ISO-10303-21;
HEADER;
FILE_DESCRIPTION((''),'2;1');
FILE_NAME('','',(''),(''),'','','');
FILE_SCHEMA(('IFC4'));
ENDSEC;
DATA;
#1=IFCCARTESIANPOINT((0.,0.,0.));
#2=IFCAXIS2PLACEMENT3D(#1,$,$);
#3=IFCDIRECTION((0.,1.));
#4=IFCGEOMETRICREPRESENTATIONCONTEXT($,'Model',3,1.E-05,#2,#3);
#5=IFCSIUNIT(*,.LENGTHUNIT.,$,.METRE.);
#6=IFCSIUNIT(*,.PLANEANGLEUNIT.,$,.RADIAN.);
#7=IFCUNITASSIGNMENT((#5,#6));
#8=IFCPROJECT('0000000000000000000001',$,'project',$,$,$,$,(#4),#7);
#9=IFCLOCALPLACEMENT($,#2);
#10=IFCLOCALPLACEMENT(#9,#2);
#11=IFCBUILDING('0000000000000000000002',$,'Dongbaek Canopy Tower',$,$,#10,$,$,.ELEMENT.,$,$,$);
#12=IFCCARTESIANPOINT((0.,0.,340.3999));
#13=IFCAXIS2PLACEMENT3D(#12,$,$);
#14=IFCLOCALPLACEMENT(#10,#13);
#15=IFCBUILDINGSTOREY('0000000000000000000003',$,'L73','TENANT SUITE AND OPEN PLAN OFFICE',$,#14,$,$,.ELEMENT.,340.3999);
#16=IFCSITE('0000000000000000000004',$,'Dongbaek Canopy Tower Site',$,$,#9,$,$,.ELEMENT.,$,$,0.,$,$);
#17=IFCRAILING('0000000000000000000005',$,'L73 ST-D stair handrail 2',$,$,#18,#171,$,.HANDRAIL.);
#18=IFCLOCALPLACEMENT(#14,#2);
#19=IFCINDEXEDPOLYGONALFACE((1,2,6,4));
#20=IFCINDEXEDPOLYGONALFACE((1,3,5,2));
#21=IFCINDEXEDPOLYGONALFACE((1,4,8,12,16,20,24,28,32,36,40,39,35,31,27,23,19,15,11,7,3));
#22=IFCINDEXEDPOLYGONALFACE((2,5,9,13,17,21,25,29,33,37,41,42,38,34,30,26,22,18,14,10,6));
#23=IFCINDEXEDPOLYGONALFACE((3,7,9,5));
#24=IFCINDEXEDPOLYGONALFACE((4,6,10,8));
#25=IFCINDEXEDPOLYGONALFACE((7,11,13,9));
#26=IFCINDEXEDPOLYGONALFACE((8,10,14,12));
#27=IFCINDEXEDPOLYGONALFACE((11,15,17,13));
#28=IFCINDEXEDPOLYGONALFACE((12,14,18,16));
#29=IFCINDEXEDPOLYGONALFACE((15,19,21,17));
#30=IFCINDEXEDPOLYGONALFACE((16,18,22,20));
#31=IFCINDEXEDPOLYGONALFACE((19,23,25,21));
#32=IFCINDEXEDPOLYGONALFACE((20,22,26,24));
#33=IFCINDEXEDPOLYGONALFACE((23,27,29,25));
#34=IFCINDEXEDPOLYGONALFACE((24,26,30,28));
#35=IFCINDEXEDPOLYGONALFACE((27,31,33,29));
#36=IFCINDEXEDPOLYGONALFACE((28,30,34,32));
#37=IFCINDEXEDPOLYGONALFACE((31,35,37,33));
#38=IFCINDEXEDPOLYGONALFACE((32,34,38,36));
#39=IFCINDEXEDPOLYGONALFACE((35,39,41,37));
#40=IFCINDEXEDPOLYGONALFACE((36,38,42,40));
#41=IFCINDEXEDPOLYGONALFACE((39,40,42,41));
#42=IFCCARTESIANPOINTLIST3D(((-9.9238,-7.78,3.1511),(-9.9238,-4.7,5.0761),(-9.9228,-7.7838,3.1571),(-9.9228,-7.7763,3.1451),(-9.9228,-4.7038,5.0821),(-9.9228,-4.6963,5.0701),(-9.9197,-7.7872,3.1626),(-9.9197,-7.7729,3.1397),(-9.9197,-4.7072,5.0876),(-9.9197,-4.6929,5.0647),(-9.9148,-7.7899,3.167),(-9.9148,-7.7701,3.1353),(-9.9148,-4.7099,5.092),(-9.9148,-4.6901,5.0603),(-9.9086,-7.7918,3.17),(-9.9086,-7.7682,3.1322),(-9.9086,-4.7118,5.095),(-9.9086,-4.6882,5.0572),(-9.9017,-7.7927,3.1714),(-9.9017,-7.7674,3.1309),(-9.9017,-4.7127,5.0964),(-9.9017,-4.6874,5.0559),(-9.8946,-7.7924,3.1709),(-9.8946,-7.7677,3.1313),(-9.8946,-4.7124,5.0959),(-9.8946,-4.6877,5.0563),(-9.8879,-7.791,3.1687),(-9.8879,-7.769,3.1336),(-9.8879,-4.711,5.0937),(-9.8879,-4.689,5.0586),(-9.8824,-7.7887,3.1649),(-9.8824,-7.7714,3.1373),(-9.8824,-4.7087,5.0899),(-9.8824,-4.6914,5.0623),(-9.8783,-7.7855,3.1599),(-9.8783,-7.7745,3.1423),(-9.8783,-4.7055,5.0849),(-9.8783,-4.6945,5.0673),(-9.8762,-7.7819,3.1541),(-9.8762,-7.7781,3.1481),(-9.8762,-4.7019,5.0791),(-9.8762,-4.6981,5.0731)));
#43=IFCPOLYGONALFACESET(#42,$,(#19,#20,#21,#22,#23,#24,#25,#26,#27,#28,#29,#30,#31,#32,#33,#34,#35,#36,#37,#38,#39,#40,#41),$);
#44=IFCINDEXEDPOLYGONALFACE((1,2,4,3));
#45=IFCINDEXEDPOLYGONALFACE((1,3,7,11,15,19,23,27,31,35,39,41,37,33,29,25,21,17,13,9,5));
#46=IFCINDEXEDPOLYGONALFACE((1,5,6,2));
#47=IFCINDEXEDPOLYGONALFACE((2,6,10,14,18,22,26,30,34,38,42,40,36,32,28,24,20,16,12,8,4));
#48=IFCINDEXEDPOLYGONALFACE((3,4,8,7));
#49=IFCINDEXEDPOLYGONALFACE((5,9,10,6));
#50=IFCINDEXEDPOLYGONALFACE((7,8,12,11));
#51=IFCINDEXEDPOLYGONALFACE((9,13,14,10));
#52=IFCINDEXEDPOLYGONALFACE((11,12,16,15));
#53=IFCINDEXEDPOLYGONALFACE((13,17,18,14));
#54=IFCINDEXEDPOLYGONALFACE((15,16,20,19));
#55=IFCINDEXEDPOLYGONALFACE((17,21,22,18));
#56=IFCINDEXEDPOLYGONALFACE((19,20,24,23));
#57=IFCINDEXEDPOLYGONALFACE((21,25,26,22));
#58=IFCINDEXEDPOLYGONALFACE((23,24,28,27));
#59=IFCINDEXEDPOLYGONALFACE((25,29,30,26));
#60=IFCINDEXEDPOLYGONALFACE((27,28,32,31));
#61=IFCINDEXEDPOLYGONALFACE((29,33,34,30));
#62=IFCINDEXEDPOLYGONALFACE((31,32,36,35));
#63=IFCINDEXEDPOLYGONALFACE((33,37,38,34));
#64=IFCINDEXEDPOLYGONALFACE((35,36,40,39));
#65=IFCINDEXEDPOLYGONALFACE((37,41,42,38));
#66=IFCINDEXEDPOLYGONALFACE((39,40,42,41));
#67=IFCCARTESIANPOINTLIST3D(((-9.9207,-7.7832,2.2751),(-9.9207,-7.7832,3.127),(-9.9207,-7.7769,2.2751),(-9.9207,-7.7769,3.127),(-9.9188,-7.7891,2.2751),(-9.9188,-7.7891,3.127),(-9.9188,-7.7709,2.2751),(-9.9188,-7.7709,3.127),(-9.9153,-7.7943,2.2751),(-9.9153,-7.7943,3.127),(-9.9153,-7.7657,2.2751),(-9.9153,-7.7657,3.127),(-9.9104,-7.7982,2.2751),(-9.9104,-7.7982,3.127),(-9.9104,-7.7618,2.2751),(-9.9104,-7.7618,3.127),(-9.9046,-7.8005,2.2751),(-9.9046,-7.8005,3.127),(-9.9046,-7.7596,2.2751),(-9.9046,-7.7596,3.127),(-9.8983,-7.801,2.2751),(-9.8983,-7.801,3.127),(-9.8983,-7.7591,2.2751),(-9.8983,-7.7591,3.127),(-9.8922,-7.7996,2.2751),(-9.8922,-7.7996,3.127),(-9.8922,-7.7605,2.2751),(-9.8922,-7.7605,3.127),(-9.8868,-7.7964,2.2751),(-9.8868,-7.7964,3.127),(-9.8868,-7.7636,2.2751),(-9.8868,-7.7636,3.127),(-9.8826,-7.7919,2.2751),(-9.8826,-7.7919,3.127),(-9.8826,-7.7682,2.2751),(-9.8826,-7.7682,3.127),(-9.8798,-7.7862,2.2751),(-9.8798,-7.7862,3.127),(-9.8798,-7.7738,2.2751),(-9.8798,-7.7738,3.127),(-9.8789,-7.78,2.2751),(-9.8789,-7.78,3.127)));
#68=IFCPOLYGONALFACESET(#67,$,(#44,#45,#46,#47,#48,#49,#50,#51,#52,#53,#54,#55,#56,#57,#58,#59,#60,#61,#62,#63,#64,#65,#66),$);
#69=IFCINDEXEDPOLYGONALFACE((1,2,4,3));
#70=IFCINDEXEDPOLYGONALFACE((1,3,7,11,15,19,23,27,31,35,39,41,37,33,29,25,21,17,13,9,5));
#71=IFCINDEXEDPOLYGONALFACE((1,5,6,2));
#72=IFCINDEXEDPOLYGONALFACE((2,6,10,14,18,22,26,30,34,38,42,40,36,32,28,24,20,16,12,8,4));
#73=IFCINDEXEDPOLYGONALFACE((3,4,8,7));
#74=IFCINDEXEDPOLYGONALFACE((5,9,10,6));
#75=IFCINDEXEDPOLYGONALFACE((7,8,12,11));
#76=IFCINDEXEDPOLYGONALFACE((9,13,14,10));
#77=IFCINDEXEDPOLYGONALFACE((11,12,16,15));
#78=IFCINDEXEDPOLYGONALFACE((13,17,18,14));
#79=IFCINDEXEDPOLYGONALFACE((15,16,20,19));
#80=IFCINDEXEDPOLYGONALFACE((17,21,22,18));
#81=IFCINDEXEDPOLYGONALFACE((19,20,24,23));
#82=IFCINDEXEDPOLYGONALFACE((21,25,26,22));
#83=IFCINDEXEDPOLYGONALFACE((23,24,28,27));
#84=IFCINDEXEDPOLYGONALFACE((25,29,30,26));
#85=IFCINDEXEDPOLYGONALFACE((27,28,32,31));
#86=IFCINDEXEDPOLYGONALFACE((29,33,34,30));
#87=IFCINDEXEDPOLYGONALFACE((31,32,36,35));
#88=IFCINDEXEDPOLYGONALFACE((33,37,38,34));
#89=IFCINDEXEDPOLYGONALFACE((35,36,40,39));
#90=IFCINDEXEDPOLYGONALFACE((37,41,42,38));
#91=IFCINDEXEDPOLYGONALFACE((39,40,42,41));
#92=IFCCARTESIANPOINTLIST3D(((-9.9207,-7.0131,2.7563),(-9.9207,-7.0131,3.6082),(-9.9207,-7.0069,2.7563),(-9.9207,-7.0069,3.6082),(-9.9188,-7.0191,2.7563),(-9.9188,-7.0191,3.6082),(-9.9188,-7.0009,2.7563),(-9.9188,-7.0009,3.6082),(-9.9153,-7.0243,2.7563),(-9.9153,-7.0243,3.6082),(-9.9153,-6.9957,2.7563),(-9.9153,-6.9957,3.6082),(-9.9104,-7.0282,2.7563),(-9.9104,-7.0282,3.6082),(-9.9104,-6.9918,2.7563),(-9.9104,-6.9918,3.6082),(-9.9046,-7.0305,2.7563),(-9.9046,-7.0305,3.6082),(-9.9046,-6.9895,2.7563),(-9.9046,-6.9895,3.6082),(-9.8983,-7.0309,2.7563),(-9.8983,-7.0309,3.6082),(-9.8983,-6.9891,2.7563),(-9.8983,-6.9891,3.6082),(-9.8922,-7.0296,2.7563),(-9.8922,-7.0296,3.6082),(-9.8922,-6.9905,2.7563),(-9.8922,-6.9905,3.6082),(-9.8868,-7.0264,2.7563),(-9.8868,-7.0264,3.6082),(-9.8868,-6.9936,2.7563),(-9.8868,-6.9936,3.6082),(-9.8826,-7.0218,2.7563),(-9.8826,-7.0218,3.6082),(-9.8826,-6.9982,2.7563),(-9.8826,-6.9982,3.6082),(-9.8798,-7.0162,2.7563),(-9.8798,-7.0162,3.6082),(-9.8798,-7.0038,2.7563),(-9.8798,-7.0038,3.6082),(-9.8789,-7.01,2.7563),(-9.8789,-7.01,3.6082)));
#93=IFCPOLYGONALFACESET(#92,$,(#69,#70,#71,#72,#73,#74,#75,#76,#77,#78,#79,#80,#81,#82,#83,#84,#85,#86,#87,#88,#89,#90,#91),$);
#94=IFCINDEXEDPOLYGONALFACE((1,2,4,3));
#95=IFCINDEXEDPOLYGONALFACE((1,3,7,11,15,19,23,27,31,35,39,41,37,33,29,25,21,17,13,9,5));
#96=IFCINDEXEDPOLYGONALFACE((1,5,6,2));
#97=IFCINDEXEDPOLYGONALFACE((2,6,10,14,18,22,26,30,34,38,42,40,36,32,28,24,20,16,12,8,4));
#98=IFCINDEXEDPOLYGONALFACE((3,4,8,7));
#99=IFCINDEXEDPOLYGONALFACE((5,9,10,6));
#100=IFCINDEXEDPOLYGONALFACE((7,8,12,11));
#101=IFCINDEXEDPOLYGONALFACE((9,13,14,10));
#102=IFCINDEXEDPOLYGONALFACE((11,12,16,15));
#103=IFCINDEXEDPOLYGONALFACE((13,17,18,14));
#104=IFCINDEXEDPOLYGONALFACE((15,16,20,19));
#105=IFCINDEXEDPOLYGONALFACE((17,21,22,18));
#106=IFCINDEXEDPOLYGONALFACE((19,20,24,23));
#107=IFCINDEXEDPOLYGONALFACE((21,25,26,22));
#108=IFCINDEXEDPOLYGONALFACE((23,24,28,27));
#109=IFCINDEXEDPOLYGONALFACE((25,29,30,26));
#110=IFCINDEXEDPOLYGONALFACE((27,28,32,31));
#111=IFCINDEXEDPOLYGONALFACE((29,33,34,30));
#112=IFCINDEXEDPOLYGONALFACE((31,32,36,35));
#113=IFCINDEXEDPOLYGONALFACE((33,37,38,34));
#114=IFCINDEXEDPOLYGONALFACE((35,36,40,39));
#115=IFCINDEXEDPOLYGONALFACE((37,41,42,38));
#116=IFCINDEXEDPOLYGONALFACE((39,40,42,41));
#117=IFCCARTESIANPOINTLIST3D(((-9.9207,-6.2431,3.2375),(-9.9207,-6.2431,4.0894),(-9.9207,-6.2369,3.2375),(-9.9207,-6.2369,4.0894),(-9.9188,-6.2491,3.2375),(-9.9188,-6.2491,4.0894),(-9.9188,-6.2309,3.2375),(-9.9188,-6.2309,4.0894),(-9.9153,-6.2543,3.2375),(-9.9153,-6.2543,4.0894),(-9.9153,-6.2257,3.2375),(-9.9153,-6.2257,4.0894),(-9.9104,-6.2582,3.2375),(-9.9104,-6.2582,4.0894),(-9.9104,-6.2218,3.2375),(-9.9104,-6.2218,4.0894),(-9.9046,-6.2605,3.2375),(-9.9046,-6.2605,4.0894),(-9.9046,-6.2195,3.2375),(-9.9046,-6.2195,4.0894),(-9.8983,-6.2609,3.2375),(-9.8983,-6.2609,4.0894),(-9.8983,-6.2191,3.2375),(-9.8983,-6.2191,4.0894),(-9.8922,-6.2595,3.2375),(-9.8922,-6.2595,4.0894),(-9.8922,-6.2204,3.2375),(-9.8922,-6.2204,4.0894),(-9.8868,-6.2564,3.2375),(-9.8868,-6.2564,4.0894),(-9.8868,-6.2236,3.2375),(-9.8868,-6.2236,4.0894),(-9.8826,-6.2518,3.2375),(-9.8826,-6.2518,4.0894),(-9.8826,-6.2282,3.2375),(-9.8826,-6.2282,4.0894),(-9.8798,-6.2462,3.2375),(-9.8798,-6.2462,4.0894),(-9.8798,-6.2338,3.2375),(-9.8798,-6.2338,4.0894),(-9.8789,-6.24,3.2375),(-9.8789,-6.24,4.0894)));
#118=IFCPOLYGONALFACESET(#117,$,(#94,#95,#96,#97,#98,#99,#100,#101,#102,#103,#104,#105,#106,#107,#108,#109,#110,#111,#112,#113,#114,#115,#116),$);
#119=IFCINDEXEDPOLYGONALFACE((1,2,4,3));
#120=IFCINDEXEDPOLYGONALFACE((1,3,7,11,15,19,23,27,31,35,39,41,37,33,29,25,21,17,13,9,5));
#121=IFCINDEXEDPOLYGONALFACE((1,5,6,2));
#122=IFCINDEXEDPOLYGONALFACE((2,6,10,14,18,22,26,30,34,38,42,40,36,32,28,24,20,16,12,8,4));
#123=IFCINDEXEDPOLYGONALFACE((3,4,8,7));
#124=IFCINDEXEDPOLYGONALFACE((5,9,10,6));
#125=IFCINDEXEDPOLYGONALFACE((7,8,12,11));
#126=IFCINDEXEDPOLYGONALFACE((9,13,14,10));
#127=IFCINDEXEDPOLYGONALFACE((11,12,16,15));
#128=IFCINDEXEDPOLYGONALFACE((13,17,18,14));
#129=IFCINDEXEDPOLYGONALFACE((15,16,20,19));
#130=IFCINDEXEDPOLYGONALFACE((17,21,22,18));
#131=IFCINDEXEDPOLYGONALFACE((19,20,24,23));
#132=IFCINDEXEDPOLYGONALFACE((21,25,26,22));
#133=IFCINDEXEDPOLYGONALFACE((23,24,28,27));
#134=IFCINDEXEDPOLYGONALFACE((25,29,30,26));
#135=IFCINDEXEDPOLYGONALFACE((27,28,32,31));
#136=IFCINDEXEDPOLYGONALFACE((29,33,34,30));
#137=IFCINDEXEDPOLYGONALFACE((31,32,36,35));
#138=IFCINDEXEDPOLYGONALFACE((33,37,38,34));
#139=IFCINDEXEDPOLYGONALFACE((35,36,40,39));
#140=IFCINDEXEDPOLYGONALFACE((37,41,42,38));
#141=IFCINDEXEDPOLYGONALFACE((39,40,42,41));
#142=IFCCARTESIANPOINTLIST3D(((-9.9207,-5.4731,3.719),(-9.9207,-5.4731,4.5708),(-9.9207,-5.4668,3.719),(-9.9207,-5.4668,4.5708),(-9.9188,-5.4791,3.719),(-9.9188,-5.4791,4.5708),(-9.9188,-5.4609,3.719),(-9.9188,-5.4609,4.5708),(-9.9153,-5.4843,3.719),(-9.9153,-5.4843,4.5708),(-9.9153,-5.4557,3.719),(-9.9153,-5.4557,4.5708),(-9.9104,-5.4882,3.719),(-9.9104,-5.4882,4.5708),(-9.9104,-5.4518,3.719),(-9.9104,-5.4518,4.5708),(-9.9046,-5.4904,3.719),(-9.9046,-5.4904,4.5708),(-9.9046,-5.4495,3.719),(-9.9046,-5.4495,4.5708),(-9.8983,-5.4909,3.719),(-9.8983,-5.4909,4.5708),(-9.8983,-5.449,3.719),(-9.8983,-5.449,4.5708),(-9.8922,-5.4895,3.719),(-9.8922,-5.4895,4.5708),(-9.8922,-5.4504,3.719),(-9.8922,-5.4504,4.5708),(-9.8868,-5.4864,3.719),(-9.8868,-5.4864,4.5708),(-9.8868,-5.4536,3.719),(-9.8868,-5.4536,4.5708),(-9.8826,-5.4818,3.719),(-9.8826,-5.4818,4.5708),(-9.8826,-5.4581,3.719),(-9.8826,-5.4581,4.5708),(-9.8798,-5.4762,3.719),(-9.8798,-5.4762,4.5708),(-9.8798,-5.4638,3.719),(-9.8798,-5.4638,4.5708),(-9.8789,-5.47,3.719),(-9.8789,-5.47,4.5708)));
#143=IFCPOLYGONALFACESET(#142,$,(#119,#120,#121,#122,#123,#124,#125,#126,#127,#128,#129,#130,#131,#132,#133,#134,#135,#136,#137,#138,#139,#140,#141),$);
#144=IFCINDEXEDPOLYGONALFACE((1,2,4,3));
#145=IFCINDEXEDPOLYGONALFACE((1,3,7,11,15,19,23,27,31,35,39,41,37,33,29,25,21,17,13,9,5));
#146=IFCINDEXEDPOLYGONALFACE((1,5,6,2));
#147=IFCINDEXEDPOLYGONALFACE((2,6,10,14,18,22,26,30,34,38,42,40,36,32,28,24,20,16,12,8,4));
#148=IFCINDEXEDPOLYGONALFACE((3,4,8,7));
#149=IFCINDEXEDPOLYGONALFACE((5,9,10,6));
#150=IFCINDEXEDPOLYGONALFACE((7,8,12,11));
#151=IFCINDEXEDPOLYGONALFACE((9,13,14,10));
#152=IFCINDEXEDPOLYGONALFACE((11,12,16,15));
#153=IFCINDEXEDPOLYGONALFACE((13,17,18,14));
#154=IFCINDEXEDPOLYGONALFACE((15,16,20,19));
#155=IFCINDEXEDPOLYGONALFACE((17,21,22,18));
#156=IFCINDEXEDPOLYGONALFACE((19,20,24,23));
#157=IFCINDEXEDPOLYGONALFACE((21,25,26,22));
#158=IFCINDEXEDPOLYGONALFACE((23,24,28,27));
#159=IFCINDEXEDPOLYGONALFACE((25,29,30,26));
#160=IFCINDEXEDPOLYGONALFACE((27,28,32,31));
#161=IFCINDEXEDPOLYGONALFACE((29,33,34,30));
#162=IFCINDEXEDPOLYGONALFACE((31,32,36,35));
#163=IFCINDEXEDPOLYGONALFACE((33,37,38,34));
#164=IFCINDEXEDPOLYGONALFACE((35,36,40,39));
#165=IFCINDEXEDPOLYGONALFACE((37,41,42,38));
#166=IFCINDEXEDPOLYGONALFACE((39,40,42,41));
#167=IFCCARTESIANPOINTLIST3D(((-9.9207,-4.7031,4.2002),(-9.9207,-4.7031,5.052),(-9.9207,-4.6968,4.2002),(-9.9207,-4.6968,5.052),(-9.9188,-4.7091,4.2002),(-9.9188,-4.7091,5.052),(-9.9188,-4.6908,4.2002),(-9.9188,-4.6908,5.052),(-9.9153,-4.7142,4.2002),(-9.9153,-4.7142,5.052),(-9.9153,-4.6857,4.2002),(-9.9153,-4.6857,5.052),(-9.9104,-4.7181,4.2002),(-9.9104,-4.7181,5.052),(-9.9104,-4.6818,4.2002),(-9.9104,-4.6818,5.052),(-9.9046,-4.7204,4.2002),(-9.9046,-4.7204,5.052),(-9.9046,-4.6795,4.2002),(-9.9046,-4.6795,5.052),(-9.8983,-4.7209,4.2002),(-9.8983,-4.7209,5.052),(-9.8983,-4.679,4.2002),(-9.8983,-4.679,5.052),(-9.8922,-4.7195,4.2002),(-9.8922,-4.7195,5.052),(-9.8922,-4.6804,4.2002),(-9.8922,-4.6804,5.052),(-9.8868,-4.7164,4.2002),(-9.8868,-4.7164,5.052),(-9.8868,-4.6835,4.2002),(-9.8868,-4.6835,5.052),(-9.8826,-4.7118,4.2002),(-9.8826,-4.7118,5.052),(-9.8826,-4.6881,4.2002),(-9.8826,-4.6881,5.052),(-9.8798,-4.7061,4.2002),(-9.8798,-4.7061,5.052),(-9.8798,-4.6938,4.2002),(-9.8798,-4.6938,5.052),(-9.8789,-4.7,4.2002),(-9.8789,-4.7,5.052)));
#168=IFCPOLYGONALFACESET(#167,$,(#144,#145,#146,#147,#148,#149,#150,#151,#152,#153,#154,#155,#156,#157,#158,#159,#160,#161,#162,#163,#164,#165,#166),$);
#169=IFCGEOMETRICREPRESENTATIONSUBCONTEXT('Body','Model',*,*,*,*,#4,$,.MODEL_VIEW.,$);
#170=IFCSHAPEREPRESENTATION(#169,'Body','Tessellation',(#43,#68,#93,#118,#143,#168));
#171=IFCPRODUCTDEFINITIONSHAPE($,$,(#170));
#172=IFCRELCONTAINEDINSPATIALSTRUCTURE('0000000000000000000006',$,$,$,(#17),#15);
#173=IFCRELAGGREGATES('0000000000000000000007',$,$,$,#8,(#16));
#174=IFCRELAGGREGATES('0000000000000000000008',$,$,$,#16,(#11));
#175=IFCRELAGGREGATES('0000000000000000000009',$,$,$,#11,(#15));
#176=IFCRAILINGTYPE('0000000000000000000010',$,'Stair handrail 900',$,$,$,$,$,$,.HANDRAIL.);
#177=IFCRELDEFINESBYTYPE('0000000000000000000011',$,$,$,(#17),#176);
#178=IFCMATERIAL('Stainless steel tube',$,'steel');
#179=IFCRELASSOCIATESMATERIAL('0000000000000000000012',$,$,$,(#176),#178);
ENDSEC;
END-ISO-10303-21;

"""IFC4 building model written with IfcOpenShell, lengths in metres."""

from ifc_helpers import new_model, si_unit, direction, frame, origin, origin_2d, place, context, subcontext, project, spatial, circle, extrude, material, type_object, element, save


model = new_model("IFC4")

# Units and contexts
model_context = context("Model", 3, precision=1e-05, world=origin(), true_north=direction((0.0, 1.0)))
body_context = subcontext(model_context, "Body", "Model", "MODEL_VIEW")
ifc_project = project(units=[si_unit("LENGTHUNIT", "METRE"), si_unit("PLANEANGLEUNIT", "RADIAN")], contexts=[model_context])

# Site, building, storey
site_placement = place(None, origin())
site = spatial("IfcSite", under=ifc_project, at=site_placement, Name="Dongbaek Canopy Tower Site", CompositionType="ELEMENT", RefElevation=0.0)
building_placement = place(site_placement, origin())
building = spatial("IfcBuilding", under=site, at=building_placement, Name="Dongbaek Canopy Tower", CompositionType="ELEMENT")
storey_placement = place(building_placement, frame((0.0, 0.0, 340.3999)))
storey = spatial("IfcBuildingStorey", under=building, at=storey_placement, Name="L73", Description="TENANT SUITE AND OPEN PLAN OFFICE", CompositionType="ELEMENT", Elevation=340.3999)

# Railing
ifc_material_1 = material(Name="Stainless steel tube", Category="steel")
railing_type_1 = type_object("IfcRailingType", Name="Stair handrail 900", PredefinedType="HANDRAIL", material=ifc_material_1)
railing_1_placement = place(storey_placement, frame((-9.8999, -7.78, 2.2751)))
element("IfcRailing", 1, at=railing_1_placement, inside=storey, type_object=railing_type_1, Name="L73 ST-D stair handrail 2", PredefinedType="HANDRAIL", context=body_context, shape_type="SweptSolid", body=[
    extrude(circle(Radius=0.0239, at=origin_2d()), frame((0.0, 0.0, 0.876), z_axis=(0.0, 0.847998, 0.529999), x_axis=(-1.0, 0.0, 0.0)), (0.0, 0.0, 1.0), 3.6321),
    extrude(circle(Radius=0.021, at=origin_2d()), origin(), (0.0, 0.0, 1.0), 0.8518),
    extrude(circle(Radius=0.021, at=origin_2d()), frame((0.0, 0.77, 0.4812)), (0.0, 0.0, 1.0), 0.8518),
    extrude(circle(Radius=0.021, at=origin_2d()), frame((0.0, 1.54, 0.9624)), (0.0, 0.0, 1.0), 0.8518),
    extrude(circle(Radius=0.021, at=origin_2d()), frame((0.0, 2.3101, 1.4438)), (0.0, 0.0, 1.0), 0.8518),
    extrude(circle(Radius=0.021, at=origin_2d()), frame((0.0, 3.0801, 1.925)), (0.0, 0.0, 1.0), 0.8518),
])

save(model, "model.ifc")
